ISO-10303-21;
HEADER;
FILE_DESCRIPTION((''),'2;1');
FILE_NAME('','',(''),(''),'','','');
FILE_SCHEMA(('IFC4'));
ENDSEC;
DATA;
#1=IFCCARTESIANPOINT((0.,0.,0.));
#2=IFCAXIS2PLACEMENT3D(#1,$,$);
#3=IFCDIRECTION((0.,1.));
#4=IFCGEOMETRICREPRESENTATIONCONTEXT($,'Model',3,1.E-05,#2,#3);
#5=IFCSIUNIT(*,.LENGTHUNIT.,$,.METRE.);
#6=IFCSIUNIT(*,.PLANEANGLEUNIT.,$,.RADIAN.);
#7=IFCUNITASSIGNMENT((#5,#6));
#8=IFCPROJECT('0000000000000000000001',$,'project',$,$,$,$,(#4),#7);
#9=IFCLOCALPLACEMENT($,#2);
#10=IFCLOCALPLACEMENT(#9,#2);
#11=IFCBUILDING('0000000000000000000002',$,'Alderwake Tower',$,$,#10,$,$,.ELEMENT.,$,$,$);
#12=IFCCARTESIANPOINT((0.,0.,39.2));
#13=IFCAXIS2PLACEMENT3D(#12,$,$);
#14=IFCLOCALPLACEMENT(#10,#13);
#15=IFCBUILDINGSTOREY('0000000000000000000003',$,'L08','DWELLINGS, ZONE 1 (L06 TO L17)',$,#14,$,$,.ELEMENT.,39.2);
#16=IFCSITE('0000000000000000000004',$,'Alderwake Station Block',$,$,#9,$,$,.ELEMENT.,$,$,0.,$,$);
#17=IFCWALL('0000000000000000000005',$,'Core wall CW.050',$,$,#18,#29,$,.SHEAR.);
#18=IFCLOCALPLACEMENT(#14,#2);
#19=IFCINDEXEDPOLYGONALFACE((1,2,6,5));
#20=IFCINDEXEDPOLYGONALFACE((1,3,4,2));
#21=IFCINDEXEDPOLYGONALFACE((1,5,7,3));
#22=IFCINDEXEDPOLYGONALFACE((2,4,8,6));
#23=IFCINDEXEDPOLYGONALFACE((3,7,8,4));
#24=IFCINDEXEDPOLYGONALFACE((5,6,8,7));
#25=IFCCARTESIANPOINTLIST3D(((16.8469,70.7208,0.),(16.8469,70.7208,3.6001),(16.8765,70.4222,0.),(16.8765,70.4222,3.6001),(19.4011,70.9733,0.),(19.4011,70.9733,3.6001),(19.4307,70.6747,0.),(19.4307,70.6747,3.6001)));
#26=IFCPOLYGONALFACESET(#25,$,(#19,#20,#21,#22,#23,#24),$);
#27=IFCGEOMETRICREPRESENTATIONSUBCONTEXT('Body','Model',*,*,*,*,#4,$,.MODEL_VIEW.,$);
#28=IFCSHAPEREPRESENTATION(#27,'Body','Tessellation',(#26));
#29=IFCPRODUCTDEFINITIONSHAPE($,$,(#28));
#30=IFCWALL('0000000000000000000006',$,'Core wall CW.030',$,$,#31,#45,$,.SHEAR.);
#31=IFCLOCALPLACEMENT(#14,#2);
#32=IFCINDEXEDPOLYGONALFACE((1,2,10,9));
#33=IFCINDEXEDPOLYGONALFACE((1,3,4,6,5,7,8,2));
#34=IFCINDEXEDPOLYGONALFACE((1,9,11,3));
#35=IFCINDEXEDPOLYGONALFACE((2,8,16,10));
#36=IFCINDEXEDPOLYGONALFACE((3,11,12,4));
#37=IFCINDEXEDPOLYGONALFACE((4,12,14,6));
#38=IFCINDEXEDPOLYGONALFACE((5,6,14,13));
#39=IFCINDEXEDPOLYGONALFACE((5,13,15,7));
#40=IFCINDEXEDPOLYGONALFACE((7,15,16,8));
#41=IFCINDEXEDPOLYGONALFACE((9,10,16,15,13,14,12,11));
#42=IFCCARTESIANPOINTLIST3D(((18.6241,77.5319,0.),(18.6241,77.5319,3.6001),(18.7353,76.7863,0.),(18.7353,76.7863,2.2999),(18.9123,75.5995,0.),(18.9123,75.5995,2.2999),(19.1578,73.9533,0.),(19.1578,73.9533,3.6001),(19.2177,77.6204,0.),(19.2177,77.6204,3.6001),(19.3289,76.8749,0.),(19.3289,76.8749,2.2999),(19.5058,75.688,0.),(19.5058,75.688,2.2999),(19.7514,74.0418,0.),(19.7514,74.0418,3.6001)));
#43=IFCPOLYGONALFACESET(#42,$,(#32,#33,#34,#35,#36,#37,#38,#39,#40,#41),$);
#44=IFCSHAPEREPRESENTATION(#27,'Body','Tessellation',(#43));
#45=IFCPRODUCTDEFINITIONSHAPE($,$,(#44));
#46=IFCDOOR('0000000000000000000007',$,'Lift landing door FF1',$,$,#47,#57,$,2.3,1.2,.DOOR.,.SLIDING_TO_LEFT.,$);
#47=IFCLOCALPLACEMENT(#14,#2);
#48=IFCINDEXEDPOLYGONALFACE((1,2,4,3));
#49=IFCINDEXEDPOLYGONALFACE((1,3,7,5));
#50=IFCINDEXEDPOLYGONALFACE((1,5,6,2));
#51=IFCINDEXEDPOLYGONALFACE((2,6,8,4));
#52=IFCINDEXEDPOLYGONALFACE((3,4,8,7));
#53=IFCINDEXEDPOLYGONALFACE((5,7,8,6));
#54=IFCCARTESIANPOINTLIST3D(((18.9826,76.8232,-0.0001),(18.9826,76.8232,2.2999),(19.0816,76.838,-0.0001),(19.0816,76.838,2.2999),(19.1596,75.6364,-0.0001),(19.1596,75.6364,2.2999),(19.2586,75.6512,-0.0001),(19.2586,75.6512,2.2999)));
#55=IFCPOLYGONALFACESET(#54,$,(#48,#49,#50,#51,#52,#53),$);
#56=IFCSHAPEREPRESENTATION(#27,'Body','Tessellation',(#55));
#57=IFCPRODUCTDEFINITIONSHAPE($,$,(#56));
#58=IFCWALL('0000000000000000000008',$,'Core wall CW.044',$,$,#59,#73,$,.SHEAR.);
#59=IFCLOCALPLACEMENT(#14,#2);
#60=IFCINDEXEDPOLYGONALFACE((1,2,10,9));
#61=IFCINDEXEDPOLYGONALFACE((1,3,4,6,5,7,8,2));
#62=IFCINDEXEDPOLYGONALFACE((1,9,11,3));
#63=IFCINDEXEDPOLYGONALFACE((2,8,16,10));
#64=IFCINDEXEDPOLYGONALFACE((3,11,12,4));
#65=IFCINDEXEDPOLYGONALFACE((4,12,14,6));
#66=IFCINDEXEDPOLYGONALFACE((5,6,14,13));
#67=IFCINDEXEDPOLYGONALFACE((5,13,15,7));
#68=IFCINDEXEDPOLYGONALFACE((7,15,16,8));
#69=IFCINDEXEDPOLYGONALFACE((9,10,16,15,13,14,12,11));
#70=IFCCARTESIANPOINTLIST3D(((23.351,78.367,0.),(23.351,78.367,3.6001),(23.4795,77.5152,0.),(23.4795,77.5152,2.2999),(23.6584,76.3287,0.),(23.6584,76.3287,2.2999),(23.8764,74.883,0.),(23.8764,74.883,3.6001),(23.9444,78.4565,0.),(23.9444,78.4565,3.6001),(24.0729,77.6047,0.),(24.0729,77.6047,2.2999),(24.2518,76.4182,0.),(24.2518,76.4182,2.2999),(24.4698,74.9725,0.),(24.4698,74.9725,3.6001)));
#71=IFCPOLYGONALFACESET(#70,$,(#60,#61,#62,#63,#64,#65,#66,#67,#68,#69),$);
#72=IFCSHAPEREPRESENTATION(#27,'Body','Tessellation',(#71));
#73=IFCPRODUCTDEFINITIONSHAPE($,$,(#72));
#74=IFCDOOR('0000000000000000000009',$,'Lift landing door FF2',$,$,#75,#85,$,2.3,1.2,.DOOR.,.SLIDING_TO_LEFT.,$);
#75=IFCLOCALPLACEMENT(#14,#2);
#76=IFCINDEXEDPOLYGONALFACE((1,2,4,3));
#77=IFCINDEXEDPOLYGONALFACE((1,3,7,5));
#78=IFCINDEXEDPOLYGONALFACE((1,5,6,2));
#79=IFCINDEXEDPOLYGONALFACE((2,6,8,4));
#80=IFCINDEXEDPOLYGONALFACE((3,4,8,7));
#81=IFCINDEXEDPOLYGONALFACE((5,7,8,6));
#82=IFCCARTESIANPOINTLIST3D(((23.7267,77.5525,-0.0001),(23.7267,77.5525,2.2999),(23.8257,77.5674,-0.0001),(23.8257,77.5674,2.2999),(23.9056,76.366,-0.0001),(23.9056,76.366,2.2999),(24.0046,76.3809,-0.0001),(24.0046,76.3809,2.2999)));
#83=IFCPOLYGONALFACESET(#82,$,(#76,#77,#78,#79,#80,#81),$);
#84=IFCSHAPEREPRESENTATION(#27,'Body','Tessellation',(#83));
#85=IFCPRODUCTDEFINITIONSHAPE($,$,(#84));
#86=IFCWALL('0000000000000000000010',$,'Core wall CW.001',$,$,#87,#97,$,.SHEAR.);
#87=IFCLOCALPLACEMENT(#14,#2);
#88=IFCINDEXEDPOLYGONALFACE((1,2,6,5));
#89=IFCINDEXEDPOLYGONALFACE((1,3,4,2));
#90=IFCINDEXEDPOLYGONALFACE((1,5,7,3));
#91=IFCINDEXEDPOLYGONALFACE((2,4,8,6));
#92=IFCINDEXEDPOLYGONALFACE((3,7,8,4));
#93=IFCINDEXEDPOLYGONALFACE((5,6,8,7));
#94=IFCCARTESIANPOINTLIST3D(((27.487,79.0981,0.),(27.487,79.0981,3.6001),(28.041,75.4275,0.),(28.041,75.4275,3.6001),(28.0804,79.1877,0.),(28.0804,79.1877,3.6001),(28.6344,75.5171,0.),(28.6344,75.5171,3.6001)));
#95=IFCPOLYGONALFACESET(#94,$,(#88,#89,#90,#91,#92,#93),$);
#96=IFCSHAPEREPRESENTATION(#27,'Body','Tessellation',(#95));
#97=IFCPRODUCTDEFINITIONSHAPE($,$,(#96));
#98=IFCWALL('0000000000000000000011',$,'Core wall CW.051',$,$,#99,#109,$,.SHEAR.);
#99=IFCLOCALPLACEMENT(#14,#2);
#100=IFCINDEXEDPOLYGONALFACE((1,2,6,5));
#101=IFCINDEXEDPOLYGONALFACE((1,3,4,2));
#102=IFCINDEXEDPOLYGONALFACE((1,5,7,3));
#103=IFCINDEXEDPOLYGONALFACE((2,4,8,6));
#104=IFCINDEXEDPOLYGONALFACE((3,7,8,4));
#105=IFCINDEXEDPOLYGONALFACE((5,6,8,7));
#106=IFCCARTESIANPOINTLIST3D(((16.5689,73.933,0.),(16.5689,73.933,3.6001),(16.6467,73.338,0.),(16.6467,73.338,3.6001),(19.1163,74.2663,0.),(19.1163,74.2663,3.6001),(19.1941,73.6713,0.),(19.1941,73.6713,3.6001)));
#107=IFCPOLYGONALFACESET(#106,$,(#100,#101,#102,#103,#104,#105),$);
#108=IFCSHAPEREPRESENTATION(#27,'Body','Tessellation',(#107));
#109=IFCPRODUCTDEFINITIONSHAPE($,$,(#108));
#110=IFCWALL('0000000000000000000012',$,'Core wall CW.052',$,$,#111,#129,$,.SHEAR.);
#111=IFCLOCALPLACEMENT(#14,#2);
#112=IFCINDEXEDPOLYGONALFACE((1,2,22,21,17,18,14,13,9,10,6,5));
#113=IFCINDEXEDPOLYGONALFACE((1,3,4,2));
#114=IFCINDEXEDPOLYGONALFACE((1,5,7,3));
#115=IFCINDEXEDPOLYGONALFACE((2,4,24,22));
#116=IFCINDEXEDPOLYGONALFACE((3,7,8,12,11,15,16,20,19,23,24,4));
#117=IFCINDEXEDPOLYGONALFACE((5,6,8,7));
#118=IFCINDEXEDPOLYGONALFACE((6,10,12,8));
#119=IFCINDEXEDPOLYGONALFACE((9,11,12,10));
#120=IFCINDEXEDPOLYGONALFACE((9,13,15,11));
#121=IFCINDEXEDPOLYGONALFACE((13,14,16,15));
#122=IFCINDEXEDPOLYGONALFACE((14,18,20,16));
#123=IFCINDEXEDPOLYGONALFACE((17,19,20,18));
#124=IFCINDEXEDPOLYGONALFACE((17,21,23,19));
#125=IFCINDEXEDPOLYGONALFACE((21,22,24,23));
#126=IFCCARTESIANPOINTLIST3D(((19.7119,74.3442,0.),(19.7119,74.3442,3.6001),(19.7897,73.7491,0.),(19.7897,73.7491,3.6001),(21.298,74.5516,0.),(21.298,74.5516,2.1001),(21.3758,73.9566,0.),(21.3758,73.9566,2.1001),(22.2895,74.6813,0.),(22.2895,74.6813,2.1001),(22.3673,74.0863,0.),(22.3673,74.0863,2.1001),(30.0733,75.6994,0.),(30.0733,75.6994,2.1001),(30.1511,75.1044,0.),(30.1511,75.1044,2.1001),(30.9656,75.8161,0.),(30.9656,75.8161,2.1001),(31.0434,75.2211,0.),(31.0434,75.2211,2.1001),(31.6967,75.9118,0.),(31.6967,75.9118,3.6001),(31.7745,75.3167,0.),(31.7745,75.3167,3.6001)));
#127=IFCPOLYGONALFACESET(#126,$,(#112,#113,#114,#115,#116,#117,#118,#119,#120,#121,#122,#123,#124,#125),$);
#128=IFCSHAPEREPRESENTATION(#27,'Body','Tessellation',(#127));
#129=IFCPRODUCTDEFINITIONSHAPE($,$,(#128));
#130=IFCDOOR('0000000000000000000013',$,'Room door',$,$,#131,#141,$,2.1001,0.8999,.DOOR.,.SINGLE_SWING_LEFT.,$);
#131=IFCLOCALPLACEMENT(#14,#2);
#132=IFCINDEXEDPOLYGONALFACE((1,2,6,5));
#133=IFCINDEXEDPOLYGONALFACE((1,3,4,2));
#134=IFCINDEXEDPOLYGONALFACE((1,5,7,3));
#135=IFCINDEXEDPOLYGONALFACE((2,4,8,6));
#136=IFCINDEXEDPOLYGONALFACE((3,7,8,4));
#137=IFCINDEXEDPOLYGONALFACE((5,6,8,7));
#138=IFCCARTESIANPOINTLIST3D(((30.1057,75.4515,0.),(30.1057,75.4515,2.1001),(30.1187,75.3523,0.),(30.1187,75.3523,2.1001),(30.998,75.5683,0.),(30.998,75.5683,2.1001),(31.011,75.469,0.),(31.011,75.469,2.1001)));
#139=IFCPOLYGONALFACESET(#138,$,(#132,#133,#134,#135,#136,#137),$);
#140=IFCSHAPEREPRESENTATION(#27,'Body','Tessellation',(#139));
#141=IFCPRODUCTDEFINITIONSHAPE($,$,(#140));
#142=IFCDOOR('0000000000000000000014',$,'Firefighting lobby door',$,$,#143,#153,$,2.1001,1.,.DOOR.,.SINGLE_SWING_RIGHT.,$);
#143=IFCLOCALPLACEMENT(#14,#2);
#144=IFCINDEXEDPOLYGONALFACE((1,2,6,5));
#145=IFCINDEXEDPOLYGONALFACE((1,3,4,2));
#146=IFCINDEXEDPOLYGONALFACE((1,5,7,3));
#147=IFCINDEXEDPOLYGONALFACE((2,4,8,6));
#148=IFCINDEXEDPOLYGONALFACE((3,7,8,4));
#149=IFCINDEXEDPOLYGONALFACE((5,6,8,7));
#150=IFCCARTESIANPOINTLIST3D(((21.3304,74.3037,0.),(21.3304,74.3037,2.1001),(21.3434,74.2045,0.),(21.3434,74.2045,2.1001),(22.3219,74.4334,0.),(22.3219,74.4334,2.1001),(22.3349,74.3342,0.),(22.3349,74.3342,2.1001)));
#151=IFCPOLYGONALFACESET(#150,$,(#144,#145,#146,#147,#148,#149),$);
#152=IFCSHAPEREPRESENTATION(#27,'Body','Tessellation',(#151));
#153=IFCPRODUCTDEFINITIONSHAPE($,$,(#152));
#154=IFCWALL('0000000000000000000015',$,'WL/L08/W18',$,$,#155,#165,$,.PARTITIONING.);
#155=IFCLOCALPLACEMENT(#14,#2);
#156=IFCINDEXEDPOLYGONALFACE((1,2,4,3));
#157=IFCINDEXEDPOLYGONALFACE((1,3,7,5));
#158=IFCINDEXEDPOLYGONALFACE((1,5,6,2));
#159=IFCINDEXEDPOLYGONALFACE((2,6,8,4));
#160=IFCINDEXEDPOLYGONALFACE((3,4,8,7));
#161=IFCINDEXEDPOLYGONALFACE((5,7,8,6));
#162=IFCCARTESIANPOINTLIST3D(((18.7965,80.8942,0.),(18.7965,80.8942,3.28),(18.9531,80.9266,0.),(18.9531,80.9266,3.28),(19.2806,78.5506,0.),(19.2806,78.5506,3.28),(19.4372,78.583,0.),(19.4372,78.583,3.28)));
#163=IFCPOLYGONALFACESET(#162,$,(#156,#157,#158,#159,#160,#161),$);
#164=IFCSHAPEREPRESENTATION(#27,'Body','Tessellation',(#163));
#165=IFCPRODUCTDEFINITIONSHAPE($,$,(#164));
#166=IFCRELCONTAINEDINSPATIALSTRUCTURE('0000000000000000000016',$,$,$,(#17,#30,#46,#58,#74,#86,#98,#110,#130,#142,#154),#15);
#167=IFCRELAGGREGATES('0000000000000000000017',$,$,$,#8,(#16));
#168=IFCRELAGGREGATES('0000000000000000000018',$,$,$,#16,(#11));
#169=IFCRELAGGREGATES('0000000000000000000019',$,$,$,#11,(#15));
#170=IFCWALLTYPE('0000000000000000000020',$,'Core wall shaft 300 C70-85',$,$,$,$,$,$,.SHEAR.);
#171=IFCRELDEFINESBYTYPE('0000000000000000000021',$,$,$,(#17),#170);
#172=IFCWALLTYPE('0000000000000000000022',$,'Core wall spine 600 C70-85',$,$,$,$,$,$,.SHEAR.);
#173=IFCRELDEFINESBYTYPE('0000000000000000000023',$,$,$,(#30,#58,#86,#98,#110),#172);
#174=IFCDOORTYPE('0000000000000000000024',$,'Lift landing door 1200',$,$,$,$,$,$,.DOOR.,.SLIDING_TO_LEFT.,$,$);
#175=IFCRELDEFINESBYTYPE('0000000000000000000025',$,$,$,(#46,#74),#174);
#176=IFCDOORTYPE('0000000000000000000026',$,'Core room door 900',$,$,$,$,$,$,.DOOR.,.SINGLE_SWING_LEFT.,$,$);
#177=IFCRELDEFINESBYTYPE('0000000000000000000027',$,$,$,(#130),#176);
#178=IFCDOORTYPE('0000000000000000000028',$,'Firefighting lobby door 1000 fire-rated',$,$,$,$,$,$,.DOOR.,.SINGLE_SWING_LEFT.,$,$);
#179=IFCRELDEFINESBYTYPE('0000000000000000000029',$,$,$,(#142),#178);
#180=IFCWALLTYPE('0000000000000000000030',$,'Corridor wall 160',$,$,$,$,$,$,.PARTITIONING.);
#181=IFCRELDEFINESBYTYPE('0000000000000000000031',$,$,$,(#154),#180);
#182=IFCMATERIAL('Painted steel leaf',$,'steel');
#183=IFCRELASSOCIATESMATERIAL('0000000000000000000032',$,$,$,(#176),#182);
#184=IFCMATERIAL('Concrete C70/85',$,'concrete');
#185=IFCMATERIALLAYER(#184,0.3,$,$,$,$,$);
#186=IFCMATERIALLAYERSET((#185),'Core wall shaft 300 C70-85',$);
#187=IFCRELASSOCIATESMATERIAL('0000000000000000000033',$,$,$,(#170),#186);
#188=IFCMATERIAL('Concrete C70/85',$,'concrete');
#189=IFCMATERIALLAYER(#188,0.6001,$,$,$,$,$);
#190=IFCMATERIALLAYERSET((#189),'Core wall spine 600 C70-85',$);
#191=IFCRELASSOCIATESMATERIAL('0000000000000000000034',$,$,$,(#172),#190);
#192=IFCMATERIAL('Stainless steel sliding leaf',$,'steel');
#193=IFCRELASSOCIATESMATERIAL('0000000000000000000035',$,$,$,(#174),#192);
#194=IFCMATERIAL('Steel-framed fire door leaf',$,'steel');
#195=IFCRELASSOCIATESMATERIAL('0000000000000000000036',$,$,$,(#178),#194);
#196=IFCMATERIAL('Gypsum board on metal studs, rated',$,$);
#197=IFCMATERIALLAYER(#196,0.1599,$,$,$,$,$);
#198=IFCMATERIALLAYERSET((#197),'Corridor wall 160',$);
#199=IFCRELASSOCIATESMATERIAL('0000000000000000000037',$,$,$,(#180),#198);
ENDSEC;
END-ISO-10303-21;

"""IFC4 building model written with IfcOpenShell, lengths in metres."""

from ifc_helpers import new_model, si_unit, direction, frame, frame_2d, origin, place, context, subcontext, project, spatial, rectangle, extrude, material, layer, layer_set, type_object, element, fill, save


model = new_model("IFC4")

# Units and contexts
model_context = context("Model", 3, precision=1e-05, world=origin(), true_north=direction((0.0, 1.0)))
body_context = subcontext(model_context, "Body", "Model", "MODEL_VIEW")
ifc_project = project(units=[si_unit("LENGTHUNIT", "METRE"), si_unit("PLANEANGLEUNIT", "RADIAN")], contexts=[model_context])

# Site, building, storey
site_placement = place(None, origin())
site = spatial("IfcSite", under=ifc_project, at=site_placement, Name="Alderwake Station Block", CompositionType="ELEMENT", RefElevation=0.0)
building_placement = place(site_placement, origin())
building = spatial("IfcBuilding", under=site, at=building_placement, Name="Alderwake Tower", CompositionType="ELEMENT")
storey_placement = place(building_placement, frame((0.0, 0.0, 39.2)))
storey = spatial("IfcBuildingStorey", under=building, at=storey_placement, Name="L08", Description="DWELLINGS, ZONE 1 (L06 TO L17)", CompositionType="ELEMENT", Elevation=39.2)

# Shared definitions
ifc_material_1 = material(Name="Painted steel leaf", Category="steel")
door_type_1 = type_object("IfcDoorType", Name="Core room door 900", OperationType="SINGLE_SWING_LEFT", PredefinedType="DOOR", material=ifc_material_1)

# Wall
ifc_material_2 = material(Name="Concrete C70/85", Category="concrete")
ifc_layer_1 = layer(ifc_material_2, 0.3)
ifc_layer_set_1 = layer_set([ifc_layer_1], Name="Core wall shaft 300 C70-85")
wall_type_1 = type_object("IfcWallType", Name="Core wall shaft 300 C70-85", PredefinedType="SHEAR", material=ifc_layer_set_1)
wall_1_placement = place(storey_placement, frame((16.8618, 70.5715, 0.0), z_axis=(0.0, 0.0, 1.0), x_axis=(0.995151, 0.098355, 0.0)))
element("IfcWall", 1, at=wall_1_placement, inside=storey, type_object=wall_type_1, Name="Core wall CW.050", PredefinedType="SHEAR", context=body_context, shape_type="SweptSolid", body=[
    extrude(rectangle(XDim=2.5667, YDim=0.3, at=frame_2d((1.2832, 0.0))), origin(), (0.0, 0.0, 1.0), 3.6001),
])

# Walls, openings, doors
ifc_material_3 = material(Name="Concrete C70/85", Category="concrete")
ifc_layer_2 = layer(ifc_material_3, 0.6001)
ifc_layer_set_2 = layer_set([ifc_layer_2], Name="Core wall spine 600 C70-85")
wall_type_2 = type_object("IfcWallType", Name="Core wall spine 600 C70-85", PredefinedType="SHEAR", material=ifc_layer_set_2)
wall_2_placement = place(storey_placement, frame((19.4546, 73.9976, 0.0), z_axis=(0.0, 0.0, 1.0), x_axis=(-0.147502, 0.989062, 0.0)))
wall_2 = element("IfcWall", 2, at=wall_2_placement, inside=storey, type_object=wall_type_2, Name="Core wall CW.030", PredefinedType="SHEAR", context=body_context, shape_type="SweptSolid", body=[
    extrude(rectangle(XDim=3.6182, YDim=0.6001, at=frame_2d((1.8091, 0.0))), origin(), (0.0, 0.0, 1.0), 3.6001),
])
opening_1_placement = place(wall_2_placement, frame((1.6643, 0.0, 0.0)))
opening_1 = element("IfcOpeningElement", 3, at=opening_1_placement, cuts=wall_2, PredefinedType="OPENING", context=body_context, shape_type="SweptSolid", body=[
    extrude(rectangle(XDim=1.2, YDim=2.3, at=frame_2d((0.6001, 1.1499))), frame((0.0, 0.3101, 0.0), z_axis=(0.0, -1.0, 0.0), x_axis=(1.0, 0.0, 0.0)), (0.0, 0.0, 1.0), 0.6201),
])
ifc_material_4 = material(Name="Stainless steel sliding leaf", Category="steel")
door_type_2 = type_object("IfcDoorType", Name="Lift landing door 1200", OperationType="SLIDING_TO_LEFT", PredefinedType="DOOR", material=ifc_material_4)
door_1_placement = place(opening_1_placement, origin())
door_1 = element("IfcDoor", 4, at=door_1_placement, inside=storey, type_object=door_type_2, Name="Lift landing door FF1", OperationType="SLIDING_TO_LEFT", OverallHeight=2.3, OverallWidth=1.2, PredefinedType="DOOR", context=body_context, shape_type="SweptSolid", body=[
    extrude(rectangle(XDim=1.2, YDim=2.3, at=frame_2d((0.6001, 1.1499))), frame((0.0, 0.05, 0.0), z_axis=(0.0, -1.0, 0.0), x_axis=(1.0, 0.0, 0.0)), (0.0, 0.0, 1.0), 0.1001),
])
fill(opening_1, door_1)
wall_3_placement = place(storey_placement, frame((24.1731, 74.9277, 0.0), z_axis=(0.0, 0.0, 1.0), x_axis=(-0.14911, 0.988821, 0.0)))
wall_3 = element("IfcWall", 5, at=wall_3_placement, inside=storey, type_object=wall_type_2, Name="Core wall CW.044", PredefinedType="SHEAR", context=body_context, shape_type="SweptSolid", body=[
    extrude(rectangle(XDim=3.5234, YDim=0.6001, at=frame_2d((1.7617, 0.0))), origin(), (0.0, 0.0, 1.0), 3.6001),
])
opening_2_placement = place(wall_3_placement, frame((1.4619, 0.0, 0.0)))
opening_2 = element("IfcOpeningElement", 6, at=opening_2_placement, cuts=wall_3, PredefinedType="OPENING", context=body_context, shape_type="SweptSolid", body=[
    extrude(rectangle(XDim=1.2, YDim=2.3, at=frame_2d((0.6001, 1.1499))), frame((0.0, 0.3101, 0.0), z_axis=(0.0, -1.0, 0.0), x_axis=(1.0, 0.0, 0.0)), (0.0, 0.0, 1.0), 0.6201),
])
door_2_placement = place(opening_2_placement, origin())
door_2 = element("IfcDoor", 7, at=door_2_placement, inside=storey, type_object=door_type_2, Name="Lift landing door FF2", OperationType="SLIDING_TO_LEFT", OverallHeight=2.3, OverallWidth=1.2, PredefinedType="DOOR", context=body_context, shape_type="SweptSolid", body=[
    extrude(rectangle(XDim=1.2, YDim=2.3, at=frame_2d((0.6001, 1.1499))), frame((0.0, 0.05, 0.0), z_axis=(0.0, -1.0, 0.0), x_axis=(1.0, 0.0, 0.0)), (0.0, 0.0, 1.0), 0.1001),
])
fill(opening_2, door_2)

# Walls
wall_4_placement = place(storey_placement, frame((28.3376, 75.4724, 0.0), z_axis=(0.0, 0.0, 1.0), x_axis=(-0.149225, 0.988803, 0.0)))
element("IfcWall", 8, at=wall_4_placement, inside=storey, type_object=wall_type_2, Name="Core wall CW.001", PredefinedType="SHEAR", context=body_context, shape_type="SweptSolid", body=[
    extrude(rectangle(XDim=3.7122, YDim=0.6001, at=frame_2d((1.856, 0.0))), origin(), (0.0, 0.0, 1.0), 3.6001),
])
wall_5_placement = place(storey_placement, frame((16.6077, 73.6355, 0.0), z_axis=(0.0, 0.0, 1.0), x_axis=(0.991551, 0.129717, 0.0)))
element("IfcWall", 9, at=wall_5_placement, inside=storey, type_object=wall_type_2, Name="Core wall CW.051", PredefinedType="SHEAR", context=body_context, shape_type="SweptSolid", body=[
    extrude(rectangle(XDim=2.5691, YDim=0.6001, at=frame_2d((1.2847, 0.0))), origin(), (0.0, 0.0, 1.0), 3.6001),
])

# Wall, openings, doors
wall_6_placement = place(storey_placement, frame((31.7356, 75.6143, 0.0), z_axis=(0.0, 0.0, 1.0), x_axis=(-0.991554, -0.129696, 0.0)))
wall_6 = element("IfcWall", 10, at=wall_6_placement, inside=storey, type_object=wall_type_2, Name="Core wall CW.052", PredefinedType="SHEAR", context=body_context, shape_type="SweptSolid", body=[
    extrude(rectangle(XDim=12.0869, YDim=0.6001, at=frame_2d((6.0435, 0.0))), origin(), (0.0, 0.0, 1.0), 3.6001),
])
opening_3_placement = place(wall_6_placement, frame((9.4873, 0.0, 0.0)))
opening_3 = element("IfcOpeningElement", 11, at=opening_3_placement, cuts=wall_6, PredefinedType="OPENING", context=body_context, shape_type="SweptSolid", body=[
    extrude(rectangle(XDim=1.0, YDim=2.1001, at=frame_2d((0.5, 1.05))), frame((0.0, 0.3101, 0.0), z_axis=(0.0, -1.0, 0.0), x_axis=(1.0, 0.0, 0.0)), (0.0, 0.0, 1.0), 0.6201),
])
opening_4_placement = place(wall_6_placement, frame((0.7373, 0.0, 0.0)))
opening_4 = element("IfcOpeningElement", 12, at=opening_4_placement, cuts=wall_6, PredefinedType="OPENING", context=body_context, shape_type="SweptSolid", body=[
    extrude(rectangle(XDim=0.8999, YDim=2.1001, at=frame_2d((0.45, 1.05))), frame((0.0, 0.3101, 0.0), z_axis=(0.0, -1.0, 0.0), x_axis=(1.0, 0.0, 0.0)), (0.0, 0.0, 1.0), 0.6201),
])
door_3_placement = place(opening_4_placement, origin())
door_3 = element("IfcDoor", 13, at=door_3_placement, inside=storey, type_object=door_type_1, Name="Room door", OperationType="SINGLE_SWING_LEFT", OverallHeight=2.1001, OverallWidth=0.8999, PredefinedType="DOOR", context=body_context, shape_type="SweptSolid", body=[
    extrude(rectangle(XDim=0.8999, YDim=2.1001, at=frame_2d((0.45, 1.05))), frame((0.0, 0.05, 0.0), z_axis=(0.0, -1.0, 0.0), x_axis=(1.0, 0.0, 0.0)), (0.0, 0.0, 1.0), 0.1001),
])
fill(opening_4, door_3)
ifc_material_5 = material(Name="Steel-framed fire door leaf", Category="steel")
door_type_3 = type_object("IfcDoorType", Name="Firefighting lobby door 1000 fire-rated", OperationType="SINGLE_SWING_LEFT", PredefinedType="DOOR", material=ifc_material_5)
door_4_placement = place(opening_3_placement, origin())
door_4 = element("IfcDoor", 14, at=door_4_placement, inside=storey, type_object=door_type_3, Name="Firefighting lobby door", OperationType="SINGLE_SWING_RIGHT", OverallHeight=2.1001, OverallWidth=1.0, PredefinedType="DOOR", context=body_context, shape_type="SweptSolid", body=[
    extrude(rectangle(XDim=1.0, YDim=2.1001, at=frame_2d((0.5, 1.05))), frame((0.0, 0.05, 0.0), z_axis=(0.0, -1.0, 0.0), x_axis=(1.0, 0.0, 0.0)), (0.0, 0.0, 1.0), 0.1001),
])
fill(opening_3, door_4)

# Wall
ifc_material_6 = material(Name="Gypsum board on metal studs, rated")
ifc_layer_3 = layer(ifc_material_6, 0.1599)
ifc_layer_set_3 = layer_set([ifc_layer_3], Name="Corridor wall 160")
wall_type_3 = type_object("IfcWallType", Name="Corridor wall 160", PredefinedType="PARTITIONING", material=ifc_layer_set_3)
wall_7_placement = place(storey_placement, frame((18.8748, 80.9104, 0.0), z_axis=(0.0, 0.0, 1.0), x_axis=(0.202312, -0.979321, 0.0)))
element("IfcWall", 15, at=wall_7_placement, inside=storey, type_object=wall_type_3, Name="WL/L08/W18", PredefinedType="PARTITIONING", context=body_context, shape_type="SweptSolid", body=[
    extrude(rectangle(XDim=2.3931, YDim=0.1599, at=frame_2d((1.1965, 0.0))), origin(), (0.0, 0.0, 1.0), 3.28),
])

save(model, "model.ifc")
